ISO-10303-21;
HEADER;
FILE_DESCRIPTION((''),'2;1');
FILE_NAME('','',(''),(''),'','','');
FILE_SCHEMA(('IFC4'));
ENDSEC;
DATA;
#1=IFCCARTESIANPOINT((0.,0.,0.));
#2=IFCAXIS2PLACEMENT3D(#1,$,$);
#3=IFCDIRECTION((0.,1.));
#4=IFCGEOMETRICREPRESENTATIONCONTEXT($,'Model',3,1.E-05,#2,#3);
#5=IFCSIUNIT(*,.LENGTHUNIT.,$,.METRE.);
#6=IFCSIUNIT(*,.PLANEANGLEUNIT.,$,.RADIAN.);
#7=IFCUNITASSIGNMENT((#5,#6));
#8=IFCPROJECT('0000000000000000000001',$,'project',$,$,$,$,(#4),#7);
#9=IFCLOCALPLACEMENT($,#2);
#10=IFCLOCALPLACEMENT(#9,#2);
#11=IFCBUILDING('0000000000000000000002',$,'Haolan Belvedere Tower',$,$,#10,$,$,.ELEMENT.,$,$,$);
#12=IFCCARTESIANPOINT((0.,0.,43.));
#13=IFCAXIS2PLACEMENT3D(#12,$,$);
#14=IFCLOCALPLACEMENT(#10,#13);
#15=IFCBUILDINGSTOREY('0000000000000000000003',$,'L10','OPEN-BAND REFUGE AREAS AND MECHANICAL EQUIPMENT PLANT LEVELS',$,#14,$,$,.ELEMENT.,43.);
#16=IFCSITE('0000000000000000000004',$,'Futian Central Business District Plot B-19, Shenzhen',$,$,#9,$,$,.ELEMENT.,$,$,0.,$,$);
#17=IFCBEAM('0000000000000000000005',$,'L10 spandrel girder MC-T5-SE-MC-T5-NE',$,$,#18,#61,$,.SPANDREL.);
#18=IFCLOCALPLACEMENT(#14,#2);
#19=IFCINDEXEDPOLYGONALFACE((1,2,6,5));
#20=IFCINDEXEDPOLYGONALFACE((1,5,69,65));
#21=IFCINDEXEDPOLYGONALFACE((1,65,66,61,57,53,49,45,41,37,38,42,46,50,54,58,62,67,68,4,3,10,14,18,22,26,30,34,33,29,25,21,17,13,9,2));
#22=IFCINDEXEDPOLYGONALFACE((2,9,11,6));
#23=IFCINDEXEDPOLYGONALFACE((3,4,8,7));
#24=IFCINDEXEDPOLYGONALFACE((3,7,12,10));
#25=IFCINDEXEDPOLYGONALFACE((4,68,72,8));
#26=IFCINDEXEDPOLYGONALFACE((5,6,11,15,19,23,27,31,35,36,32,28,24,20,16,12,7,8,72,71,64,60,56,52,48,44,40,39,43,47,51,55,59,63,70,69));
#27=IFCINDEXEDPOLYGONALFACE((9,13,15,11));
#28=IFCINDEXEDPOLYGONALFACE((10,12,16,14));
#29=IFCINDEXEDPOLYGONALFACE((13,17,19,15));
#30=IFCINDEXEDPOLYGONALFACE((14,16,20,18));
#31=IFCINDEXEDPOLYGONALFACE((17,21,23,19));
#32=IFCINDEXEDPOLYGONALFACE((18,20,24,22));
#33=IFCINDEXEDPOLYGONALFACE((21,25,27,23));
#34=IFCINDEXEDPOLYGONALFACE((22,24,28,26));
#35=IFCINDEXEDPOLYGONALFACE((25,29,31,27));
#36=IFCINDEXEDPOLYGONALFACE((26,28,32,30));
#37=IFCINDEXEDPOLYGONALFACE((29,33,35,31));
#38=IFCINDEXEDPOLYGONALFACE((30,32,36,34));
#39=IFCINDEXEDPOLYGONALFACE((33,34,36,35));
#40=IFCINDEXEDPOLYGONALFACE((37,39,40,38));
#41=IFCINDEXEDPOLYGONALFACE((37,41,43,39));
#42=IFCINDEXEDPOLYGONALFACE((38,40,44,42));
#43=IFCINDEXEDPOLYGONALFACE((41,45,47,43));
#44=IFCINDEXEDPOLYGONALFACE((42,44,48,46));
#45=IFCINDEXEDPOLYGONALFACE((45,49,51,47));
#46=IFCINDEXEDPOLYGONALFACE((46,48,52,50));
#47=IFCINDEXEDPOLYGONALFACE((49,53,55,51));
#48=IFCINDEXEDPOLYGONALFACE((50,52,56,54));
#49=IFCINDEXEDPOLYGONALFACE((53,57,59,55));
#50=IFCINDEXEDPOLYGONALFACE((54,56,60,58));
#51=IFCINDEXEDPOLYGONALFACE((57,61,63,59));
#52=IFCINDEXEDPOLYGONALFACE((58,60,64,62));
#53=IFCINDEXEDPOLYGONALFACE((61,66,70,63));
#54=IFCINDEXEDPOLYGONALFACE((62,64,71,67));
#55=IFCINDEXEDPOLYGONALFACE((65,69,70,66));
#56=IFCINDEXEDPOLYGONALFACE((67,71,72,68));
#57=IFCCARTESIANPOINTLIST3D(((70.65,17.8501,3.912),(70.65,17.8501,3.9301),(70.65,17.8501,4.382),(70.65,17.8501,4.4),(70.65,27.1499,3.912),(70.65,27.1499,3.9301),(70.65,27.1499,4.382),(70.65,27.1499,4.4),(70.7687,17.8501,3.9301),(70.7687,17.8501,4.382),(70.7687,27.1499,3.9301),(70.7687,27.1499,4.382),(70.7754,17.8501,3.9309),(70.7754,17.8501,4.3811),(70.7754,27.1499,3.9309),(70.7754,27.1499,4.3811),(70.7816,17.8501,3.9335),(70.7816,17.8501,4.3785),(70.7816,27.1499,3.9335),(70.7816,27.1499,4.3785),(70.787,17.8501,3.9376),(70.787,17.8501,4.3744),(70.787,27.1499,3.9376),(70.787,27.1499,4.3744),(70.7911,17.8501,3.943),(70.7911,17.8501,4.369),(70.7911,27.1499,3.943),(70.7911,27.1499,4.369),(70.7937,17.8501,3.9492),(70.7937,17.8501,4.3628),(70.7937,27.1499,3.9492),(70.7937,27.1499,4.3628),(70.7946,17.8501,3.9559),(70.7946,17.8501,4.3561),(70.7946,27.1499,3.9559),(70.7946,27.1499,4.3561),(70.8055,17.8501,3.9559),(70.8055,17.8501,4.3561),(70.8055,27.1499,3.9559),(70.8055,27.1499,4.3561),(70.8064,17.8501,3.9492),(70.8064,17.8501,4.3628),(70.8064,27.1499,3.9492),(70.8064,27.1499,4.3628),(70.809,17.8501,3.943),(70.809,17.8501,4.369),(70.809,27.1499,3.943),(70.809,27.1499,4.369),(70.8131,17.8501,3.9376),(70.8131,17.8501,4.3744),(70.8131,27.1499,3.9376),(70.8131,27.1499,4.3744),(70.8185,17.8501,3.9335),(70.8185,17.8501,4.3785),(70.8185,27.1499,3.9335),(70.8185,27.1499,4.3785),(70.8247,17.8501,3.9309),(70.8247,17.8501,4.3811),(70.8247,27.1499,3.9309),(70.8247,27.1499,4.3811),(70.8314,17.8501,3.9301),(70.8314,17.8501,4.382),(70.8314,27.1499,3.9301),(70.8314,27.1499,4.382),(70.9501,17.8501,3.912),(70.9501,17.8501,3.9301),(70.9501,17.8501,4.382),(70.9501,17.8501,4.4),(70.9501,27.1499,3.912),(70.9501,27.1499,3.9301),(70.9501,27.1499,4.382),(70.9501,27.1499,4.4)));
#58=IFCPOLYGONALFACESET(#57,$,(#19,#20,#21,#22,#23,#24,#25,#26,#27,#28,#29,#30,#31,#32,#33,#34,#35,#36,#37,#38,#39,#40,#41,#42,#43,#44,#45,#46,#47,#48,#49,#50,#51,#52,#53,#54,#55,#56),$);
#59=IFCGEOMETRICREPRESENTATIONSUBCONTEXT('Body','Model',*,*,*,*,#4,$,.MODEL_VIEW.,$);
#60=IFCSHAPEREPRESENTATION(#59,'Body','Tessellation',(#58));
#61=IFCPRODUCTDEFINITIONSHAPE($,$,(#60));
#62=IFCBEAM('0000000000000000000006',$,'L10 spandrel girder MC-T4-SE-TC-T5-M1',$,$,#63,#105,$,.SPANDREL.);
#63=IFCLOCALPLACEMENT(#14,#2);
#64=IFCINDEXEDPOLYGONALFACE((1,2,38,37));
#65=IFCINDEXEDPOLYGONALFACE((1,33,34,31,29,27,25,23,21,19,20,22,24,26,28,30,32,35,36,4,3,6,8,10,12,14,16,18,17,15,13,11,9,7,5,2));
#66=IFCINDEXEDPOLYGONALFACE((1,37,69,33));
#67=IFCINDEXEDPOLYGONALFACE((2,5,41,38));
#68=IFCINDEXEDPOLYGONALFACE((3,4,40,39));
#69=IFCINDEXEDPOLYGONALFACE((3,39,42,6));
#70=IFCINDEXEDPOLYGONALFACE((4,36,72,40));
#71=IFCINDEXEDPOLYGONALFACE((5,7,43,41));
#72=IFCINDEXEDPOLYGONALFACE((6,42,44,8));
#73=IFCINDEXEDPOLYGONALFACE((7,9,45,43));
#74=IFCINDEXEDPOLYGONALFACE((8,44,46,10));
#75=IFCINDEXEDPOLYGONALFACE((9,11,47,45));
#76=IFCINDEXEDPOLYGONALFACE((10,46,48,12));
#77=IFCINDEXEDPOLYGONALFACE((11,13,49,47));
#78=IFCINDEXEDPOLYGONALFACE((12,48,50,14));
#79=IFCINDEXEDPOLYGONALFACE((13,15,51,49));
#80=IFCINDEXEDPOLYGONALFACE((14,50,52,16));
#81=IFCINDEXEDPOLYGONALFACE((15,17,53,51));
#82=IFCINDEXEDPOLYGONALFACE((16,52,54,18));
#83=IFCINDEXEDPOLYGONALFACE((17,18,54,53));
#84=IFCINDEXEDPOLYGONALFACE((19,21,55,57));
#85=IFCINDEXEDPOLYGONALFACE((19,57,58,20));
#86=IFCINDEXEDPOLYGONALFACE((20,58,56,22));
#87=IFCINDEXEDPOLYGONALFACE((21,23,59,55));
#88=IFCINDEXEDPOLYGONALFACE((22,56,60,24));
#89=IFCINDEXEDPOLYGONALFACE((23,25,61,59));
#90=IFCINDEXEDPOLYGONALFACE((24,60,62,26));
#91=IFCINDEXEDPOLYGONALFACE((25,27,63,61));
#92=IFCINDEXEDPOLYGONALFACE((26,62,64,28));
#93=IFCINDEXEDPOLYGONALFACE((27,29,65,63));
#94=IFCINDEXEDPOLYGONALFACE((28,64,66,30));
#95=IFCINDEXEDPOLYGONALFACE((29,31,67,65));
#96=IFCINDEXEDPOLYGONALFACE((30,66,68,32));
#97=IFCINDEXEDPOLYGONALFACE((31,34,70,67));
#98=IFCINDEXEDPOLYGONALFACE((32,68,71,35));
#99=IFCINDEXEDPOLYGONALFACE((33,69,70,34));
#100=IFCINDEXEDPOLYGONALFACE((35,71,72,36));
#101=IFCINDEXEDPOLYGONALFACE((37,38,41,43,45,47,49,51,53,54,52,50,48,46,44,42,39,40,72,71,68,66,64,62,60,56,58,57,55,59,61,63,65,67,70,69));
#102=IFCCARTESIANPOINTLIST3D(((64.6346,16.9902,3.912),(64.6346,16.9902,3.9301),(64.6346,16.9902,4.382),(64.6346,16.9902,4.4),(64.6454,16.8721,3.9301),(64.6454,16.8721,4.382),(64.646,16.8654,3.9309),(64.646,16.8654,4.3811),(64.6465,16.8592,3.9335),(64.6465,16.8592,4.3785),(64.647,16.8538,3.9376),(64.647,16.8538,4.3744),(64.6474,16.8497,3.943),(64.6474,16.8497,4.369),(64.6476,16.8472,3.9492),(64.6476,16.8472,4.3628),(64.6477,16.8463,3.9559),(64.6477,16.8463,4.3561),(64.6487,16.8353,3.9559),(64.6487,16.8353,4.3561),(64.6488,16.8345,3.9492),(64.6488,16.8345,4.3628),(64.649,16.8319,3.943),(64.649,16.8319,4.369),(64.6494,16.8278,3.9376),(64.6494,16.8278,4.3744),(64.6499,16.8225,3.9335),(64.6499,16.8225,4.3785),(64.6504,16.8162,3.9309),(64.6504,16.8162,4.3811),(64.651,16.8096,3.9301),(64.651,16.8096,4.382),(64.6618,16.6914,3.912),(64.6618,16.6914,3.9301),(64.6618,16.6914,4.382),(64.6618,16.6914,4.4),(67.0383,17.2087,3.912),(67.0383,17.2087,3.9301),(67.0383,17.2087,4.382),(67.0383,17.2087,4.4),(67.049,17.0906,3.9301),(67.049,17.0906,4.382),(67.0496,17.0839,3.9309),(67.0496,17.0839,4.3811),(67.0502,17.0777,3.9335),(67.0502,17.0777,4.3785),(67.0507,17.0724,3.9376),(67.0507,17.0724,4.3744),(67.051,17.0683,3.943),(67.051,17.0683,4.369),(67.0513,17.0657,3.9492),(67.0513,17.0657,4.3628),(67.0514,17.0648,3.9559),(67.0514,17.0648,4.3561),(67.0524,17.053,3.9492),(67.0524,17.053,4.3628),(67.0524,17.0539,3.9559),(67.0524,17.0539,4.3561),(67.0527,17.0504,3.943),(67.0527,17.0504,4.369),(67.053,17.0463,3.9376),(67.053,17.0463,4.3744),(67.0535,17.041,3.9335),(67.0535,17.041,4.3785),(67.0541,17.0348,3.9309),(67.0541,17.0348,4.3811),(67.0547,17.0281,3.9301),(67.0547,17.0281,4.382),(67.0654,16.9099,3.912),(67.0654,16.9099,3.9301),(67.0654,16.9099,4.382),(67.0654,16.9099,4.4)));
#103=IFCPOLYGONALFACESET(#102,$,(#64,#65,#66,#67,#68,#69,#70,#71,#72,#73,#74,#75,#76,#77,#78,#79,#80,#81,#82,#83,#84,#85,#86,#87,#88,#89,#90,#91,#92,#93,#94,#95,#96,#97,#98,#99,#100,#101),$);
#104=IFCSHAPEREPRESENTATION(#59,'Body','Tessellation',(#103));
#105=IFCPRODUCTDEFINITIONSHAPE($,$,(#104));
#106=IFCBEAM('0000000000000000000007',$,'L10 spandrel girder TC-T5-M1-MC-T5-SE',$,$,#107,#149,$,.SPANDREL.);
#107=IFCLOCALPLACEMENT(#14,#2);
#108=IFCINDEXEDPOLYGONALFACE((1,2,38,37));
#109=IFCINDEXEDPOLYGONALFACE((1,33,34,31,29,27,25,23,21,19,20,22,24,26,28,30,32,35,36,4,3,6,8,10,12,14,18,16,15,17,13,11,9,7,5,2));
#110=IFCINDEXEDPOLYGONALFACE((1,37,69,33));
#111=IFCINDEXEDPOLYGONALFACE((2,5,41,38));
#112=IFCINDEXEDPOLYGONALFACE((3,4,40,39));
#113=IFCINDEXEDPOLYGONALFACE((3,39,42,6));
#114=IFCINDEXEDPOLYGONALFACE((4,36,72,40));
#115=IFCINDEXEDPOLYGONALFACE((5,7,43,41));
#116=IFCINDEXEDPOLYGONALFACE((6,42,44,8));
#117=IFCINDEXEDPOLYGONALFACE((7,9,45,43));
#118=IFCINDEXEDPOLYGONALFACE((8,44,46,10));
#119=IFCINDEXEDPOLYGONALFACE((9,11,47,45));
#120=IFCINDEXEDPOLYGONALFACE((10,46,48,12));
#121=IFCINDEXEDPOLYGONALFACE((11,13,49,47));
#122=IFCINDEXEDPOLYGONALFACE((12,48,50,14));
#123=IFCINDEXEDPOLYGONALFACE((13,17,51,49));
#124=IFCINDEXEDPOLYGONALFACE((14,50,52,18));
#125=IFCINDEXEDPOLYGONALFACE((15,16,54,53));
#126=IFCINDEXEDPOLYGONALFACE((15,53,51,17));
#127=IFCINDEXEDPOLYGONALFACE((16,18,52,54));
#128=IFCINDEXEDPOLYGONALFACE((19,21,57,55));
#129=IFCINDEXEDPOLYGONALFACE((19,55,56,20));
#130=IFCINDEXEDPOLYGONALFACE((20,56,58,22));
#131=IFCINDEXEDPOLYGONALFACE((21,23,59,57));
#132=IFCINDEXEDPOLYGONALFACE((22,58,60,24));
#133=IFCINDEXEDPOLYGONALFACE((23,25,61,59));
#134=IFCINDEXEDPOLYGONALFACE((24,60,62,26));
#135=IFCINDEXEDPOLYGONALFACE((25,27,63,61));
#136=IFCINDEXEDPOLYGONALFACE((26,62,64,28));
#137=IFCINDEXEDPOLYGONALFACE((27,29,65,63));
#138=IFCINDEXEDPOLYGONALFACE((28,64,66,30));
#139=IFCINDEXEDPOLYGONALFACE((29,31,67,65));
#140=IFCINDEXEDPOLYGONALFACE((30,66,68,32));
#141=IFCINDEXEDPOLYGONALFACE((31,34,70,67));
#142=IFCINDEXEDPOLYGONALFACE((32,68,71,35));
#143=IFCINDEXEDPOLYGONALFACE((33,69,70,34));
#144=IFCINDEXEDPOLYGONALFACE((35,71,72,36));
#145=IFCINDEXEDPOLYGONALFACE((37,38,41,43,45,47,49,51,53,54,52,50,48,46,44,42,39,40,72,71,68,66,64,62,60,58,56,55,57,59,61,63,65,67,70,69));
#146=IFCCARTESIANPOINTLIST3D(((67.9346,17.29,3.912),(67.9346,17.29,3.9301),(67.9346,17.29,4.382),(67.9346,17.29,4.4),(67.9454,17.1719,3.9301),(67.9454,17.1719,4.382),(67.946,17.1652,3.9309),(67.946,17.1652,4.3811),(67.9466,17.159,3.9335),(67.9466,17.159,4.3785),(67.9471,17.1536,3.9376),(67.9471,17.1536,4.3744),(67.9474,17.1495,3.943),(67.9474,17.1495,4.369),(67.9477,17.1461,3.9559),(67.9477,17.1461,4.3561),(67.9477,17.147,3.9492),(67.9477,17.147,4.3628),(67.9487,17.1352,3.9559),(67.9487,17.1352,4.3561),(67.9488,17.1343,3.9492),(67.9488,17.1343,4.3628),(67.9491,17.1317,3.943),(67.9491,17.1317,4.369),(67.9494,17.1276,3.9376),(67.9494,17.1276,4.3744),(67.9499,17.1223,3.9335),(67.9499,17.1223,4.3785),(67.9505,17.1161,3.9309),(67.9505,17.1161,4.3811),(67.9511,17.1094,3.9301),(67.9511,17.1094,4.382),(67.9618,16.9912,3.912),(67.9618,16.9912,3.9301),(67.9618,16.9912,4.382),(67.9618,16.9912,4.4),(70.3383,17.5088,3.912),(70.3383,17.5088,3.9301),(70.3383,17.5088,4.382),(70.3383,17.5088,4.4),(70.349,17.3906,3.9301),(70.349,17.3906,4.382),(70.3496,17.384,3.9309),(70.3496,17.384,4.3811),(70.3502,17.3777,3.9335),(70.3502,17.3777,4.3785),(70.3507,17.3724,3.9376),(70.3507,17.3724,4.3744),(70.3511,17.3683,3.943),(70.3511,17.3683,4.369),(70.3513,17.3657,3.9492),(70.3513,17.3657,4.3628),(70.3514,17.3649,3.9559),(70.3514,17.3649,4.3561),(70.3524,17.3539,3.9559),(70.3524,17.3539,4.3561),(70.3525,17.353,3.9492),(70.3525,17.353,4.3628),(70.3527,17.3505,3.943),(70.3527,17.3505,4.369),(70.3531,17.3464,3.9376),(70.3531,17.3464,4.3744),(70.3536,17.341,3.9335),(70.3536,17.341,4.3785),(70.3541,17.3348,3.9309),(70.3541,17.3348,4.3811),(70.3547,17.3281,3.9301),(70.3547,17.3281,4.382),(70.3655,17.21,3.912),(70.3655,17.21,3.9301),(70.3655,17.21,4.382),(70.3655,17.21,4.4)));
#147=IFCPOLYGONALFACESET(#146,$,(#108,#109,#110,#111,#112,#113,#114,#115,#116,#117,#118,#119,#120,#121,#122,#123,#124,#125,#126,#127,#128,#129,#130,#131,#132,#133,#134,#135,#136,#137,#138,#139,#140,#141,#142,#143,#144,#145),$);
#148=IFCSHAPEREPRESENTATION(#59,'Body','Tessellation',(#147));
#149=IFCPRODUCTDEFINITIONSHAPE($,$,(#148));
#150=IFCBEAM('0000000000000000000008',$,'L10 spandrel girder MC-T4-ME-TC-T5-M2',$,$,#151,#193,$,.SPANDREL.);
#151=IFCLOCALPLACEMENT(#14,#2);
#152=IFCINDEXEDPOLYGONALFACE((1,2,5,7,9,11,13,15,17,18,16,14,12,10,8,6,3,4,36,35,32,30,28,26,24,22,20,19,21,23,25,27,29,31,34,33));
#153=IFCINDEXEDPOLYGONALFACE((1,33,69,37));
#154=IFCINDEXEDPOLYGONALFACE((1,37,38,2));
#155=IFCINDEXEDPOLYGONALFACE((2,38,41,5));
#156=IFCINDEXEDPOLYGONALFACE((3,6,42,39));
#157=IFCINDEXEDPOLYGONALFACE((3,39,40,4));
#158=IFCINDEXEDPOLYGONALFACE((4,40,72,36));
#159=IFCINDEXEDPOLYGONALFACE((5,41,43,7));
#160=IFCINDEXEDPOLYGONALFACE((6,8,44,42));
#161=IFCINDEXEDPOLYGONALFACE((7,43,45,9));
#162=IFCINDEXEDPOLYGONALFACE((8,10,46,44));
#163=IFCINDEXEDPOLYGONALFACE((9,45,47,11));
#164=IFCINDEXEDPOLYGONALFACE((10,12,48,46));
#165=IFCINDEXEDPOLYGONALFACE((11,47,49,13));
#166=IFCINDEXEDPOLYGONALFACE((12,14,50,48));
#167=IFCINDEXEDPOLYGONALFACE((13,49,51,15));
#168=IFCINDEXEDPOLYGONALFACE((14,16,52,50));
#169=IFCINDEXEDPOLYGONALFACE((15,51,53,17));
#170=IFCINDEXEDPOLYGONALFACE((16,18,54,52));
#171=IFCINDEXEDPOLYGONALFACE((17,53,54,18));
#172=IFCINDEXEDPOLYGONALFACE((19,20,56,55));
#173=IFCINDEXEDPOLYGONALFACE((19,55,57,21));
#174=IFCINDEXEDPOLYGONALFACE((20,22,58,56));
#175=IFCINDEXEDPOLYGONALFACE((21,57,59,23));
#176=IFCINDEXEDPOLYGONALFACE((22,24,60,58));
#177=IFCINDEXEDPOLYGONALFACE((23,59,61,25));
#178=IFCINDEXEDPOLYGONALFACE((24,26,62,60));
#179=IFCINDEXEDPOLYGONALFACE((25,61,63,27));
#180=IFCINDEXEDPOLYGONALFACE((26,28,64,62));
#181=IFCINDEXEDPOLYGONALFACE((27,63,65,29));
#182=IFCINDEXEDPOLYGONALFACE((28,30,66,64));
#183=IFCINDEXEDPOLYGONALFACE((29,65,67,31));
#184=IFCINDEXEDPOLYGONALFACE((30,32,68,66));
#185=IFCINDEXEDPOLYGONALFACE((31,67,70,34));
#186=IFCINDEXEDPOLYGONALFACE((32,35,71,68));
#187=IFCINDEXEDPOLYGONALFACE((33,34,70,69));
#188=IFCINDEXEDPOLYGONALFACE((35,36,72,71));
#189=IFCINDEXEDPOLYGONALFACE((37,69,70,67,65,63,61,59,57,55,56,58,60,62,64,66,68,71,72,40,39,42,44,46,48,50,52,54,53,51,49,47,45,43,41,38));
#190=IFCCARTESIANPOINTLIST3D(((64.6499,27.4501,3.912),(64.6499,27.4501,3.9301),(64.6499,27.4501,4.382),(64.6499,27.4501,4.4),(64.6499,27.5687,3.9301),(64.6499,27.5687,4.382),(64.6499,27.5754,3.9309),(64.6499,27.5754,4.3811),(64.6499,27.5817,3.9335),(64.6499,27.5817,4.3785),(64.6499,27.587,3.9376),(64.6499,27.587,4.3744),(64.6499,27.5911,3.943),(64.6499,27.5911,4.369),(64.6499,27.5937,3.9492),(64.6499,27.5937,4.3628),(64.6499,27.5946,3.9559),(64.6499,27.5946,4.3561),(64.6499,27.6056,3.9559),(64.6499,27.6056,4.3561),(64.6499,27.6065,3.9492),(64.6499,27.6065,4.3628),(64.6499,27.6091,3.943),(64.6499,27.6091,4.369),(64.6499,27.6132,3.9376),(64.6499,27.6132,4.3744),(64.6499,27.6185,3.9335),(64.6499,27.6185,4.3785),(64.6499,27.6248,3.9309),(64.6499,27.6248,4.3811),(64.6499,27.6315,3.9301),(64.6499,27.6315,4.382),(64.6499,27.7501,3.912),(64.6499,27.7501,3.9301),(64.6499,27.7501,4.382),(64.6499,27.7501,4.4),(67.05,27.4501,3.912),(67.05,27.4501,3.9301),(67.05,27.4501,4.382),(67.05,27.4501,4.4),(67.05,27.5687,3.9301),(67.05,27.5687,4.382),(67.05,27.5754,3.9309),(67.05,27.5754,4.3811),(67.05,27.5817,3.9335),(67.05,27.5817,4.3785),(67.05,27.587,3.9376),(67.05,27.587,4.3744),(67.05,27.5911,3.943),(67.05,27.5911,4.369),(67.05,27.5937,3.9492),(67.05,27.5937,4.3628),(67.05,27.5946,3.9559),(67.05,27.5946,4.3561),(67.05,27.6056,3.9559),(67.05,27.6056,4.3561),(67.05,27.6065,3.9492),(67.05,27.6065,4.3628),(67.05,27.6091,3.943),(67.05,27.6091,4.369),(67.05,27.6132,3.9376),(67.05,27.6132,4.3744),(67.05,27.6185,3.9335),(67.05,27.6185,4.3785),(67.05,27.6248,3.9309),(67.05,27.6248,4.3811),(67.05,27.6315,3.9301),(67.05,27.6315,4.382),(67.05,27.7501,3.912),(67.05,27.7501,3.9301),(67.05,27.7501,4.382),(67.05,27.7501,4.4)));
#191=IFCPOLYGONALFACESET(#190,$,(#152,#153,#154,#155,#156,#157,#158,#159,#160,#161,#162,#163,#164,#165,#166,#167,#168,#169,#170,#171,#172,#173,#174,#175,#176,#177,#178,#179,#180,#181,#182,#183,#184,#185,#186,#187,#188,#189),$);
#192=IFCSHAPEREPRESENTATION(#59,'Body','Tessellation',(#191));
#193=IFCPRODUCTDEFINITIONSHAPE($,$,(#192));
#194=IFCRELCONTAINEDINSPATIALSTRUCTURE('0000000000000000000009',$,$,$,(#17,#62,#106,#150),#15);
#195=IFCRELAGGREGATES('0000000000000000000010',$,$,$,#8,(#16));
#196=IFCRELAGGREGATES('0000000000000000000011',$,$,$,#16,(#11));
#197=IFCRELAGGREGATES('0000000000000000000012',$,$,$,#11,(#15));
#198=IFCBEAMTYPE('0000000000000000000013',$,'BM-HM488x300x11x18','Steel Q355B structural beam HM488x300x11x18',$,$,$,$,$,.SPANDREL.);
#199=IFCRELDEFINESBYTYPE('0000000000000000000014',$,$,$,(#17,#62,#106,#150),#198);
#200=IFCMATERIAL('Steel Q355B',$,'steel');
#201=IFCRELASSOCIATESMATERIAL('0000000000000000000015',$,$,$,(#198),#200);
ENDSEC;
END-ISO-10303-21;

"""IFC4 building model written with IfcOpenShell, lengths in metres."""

from ifc_helpers import new_model, si_unit, direction, frame, origin, origin_2d, place, context, subcontext, project, spatial, i_section, extrude, material, material_profile, profile_set, type_object, element, save


model = new_model("IFC4")

# Units and contexts
model_context = context("Model", 3, precision=1e-05, world=origin(), true_north=direction((0.0, 1.0)))
body_context = subcontext(model_context, "Body", "Model", "MODEL_VIEW")
ifc_project = project(units=[si_unit("LENGTHUNIT", "METRE"), si_unit("PLANEANGLEUNIT", "RADIAN")], contexts=[model_context])

# Site, building, storey
site_placement = place(None, origin())
site = spatial("IfcSite", under=ifc_project, at=site_placement, Name="Futian Central Business District Plot B-19, Shenzhen", CompositionType="ELEMENT", RefElevation=0.0)
building_placement = place(site_placement, origin())
building = spatial("IfcBuilding", under=site, at=building_placement, Name="Haolan Belvedere Tower", CompositionType="ELEMENT")
storey_placement = place(building_placement, frame((0.0, 0.0, 43.0)))
storey = spatial("IfcBuildingStorey", under=building, at=storey_placement, Name="L10", Description="OPEN-BAND REFUGE AREAS AND MECHANICAL EQUIPMENT PLANT LEVELS", CompositionType="ELEMENT", Elevation=43.0)

# Shared definitions
ifc_material_1 = material(Name="Steel Q355B", Category="steel")

# Beams
ifc_material_profile_1 = material_profile(ifc_material_1, i_section(OverallWidth=0.3, OverallDepth=0.488, WebThickness=0.011, FlangeThickness=0.0181, FilletRadius=0.0259, at=origin_2d()), Name="Steel Q355B")
ifc_profile_set_1 = profile_set([ifc_material_profile_1], Name="Steel Q355B")
beam_type = type_object("IfcBeamType", Name="BM-HM488x300x11x18", Description="Steel Q355B structural beam HM488x300x11x18", PredefinedType="SPANDREL", material=ifc_profile_set_1)
beam_1_placement = place(storey_placement, frame((70.8, 17.8501, 4.156), z_axis=(0.0, 1.0, 0.0), x_axis=(-1.0, 0.0, 0.0)))
element("IfcBeam", 1, at=beam_1_placement, inside=storey, type_object=beam_type, Name="L10 spandrel girder MC-T5-SE-MC-T5-NE", PredefinedType="SPANDREL", context=body_context, shape_type="SweptSolid", body=[
    extrude(i_section(OverallWidth=0.3, OverallDepth=0.488, WebThickness=0.011, FlangeThickness=0.0181, FilletRadius=0.0259, at=origin_2d()), origin(), (0.0, 0.0, 1.0), 9.2998),
])
for number, where, z_axis, x_axis, name in (
    (2, (64.6482, 16.8408, 4.156), (0.995893, 0.090536, 0.0), (-0.090536, 0.995893, 0.0), "L10 spandrel girder MC-T4-SE-TC-T5-M1"),
    (3, (67.9482, 17.1406, 4.156), (0.995884, 0.090636, 0.0), (-0.090636, 0.995884, 0.0), "L10 spandrel girder TC-T5-M1-MC-T5-SE"),
):
    element("IfcBeam", number, at=place(storey_placement, frame(where, z_axis=z_axis, x_axis=x_axis)), inside=storey, type_object=beam_type, Name=name, PredefinedType="SPANDREL", context=body_context, shape_type="SweptSolid", body=[
        extrude(i_section(OverallWidth=0.3, OverallDepth=0.488, WebThickness=0.011, FlangeThickness=0.0181, FilletRadius=0.0259, at=origin_2d()), origin(), (0.0, 0.0, 1.0), 2.4136),
    ])
for number, where, z_axis, x_axis, name in (
    (4, (64.6499, 27.6001, 4.156), (1.0, 0.0, 0.0), (0.0, 1.0, 0.0), "L10 spandrel girder MC-T4-ME-TC-T5-M2"),
):
    element("IfcBeam", number, at=place(storey_placement, frame(where, z_axis=z_axis, x_axis=x_axis)), inside=storey, type_object=beam_type, Name=name, PredefinedType="SPANDREL", context=body_context, shape_type="SweptSolid", body=[
        extrude(i_section(OverallWidth=0.3, OverallDepth=0.488, WebThickness=0.011, FlangeThickness=0.0181, FilletRadius=0.0259, at=origin_2d()), origin(), (0.0, 0.0, 1.0), 2.4001),
    ])

save(model, "model.ifc")
